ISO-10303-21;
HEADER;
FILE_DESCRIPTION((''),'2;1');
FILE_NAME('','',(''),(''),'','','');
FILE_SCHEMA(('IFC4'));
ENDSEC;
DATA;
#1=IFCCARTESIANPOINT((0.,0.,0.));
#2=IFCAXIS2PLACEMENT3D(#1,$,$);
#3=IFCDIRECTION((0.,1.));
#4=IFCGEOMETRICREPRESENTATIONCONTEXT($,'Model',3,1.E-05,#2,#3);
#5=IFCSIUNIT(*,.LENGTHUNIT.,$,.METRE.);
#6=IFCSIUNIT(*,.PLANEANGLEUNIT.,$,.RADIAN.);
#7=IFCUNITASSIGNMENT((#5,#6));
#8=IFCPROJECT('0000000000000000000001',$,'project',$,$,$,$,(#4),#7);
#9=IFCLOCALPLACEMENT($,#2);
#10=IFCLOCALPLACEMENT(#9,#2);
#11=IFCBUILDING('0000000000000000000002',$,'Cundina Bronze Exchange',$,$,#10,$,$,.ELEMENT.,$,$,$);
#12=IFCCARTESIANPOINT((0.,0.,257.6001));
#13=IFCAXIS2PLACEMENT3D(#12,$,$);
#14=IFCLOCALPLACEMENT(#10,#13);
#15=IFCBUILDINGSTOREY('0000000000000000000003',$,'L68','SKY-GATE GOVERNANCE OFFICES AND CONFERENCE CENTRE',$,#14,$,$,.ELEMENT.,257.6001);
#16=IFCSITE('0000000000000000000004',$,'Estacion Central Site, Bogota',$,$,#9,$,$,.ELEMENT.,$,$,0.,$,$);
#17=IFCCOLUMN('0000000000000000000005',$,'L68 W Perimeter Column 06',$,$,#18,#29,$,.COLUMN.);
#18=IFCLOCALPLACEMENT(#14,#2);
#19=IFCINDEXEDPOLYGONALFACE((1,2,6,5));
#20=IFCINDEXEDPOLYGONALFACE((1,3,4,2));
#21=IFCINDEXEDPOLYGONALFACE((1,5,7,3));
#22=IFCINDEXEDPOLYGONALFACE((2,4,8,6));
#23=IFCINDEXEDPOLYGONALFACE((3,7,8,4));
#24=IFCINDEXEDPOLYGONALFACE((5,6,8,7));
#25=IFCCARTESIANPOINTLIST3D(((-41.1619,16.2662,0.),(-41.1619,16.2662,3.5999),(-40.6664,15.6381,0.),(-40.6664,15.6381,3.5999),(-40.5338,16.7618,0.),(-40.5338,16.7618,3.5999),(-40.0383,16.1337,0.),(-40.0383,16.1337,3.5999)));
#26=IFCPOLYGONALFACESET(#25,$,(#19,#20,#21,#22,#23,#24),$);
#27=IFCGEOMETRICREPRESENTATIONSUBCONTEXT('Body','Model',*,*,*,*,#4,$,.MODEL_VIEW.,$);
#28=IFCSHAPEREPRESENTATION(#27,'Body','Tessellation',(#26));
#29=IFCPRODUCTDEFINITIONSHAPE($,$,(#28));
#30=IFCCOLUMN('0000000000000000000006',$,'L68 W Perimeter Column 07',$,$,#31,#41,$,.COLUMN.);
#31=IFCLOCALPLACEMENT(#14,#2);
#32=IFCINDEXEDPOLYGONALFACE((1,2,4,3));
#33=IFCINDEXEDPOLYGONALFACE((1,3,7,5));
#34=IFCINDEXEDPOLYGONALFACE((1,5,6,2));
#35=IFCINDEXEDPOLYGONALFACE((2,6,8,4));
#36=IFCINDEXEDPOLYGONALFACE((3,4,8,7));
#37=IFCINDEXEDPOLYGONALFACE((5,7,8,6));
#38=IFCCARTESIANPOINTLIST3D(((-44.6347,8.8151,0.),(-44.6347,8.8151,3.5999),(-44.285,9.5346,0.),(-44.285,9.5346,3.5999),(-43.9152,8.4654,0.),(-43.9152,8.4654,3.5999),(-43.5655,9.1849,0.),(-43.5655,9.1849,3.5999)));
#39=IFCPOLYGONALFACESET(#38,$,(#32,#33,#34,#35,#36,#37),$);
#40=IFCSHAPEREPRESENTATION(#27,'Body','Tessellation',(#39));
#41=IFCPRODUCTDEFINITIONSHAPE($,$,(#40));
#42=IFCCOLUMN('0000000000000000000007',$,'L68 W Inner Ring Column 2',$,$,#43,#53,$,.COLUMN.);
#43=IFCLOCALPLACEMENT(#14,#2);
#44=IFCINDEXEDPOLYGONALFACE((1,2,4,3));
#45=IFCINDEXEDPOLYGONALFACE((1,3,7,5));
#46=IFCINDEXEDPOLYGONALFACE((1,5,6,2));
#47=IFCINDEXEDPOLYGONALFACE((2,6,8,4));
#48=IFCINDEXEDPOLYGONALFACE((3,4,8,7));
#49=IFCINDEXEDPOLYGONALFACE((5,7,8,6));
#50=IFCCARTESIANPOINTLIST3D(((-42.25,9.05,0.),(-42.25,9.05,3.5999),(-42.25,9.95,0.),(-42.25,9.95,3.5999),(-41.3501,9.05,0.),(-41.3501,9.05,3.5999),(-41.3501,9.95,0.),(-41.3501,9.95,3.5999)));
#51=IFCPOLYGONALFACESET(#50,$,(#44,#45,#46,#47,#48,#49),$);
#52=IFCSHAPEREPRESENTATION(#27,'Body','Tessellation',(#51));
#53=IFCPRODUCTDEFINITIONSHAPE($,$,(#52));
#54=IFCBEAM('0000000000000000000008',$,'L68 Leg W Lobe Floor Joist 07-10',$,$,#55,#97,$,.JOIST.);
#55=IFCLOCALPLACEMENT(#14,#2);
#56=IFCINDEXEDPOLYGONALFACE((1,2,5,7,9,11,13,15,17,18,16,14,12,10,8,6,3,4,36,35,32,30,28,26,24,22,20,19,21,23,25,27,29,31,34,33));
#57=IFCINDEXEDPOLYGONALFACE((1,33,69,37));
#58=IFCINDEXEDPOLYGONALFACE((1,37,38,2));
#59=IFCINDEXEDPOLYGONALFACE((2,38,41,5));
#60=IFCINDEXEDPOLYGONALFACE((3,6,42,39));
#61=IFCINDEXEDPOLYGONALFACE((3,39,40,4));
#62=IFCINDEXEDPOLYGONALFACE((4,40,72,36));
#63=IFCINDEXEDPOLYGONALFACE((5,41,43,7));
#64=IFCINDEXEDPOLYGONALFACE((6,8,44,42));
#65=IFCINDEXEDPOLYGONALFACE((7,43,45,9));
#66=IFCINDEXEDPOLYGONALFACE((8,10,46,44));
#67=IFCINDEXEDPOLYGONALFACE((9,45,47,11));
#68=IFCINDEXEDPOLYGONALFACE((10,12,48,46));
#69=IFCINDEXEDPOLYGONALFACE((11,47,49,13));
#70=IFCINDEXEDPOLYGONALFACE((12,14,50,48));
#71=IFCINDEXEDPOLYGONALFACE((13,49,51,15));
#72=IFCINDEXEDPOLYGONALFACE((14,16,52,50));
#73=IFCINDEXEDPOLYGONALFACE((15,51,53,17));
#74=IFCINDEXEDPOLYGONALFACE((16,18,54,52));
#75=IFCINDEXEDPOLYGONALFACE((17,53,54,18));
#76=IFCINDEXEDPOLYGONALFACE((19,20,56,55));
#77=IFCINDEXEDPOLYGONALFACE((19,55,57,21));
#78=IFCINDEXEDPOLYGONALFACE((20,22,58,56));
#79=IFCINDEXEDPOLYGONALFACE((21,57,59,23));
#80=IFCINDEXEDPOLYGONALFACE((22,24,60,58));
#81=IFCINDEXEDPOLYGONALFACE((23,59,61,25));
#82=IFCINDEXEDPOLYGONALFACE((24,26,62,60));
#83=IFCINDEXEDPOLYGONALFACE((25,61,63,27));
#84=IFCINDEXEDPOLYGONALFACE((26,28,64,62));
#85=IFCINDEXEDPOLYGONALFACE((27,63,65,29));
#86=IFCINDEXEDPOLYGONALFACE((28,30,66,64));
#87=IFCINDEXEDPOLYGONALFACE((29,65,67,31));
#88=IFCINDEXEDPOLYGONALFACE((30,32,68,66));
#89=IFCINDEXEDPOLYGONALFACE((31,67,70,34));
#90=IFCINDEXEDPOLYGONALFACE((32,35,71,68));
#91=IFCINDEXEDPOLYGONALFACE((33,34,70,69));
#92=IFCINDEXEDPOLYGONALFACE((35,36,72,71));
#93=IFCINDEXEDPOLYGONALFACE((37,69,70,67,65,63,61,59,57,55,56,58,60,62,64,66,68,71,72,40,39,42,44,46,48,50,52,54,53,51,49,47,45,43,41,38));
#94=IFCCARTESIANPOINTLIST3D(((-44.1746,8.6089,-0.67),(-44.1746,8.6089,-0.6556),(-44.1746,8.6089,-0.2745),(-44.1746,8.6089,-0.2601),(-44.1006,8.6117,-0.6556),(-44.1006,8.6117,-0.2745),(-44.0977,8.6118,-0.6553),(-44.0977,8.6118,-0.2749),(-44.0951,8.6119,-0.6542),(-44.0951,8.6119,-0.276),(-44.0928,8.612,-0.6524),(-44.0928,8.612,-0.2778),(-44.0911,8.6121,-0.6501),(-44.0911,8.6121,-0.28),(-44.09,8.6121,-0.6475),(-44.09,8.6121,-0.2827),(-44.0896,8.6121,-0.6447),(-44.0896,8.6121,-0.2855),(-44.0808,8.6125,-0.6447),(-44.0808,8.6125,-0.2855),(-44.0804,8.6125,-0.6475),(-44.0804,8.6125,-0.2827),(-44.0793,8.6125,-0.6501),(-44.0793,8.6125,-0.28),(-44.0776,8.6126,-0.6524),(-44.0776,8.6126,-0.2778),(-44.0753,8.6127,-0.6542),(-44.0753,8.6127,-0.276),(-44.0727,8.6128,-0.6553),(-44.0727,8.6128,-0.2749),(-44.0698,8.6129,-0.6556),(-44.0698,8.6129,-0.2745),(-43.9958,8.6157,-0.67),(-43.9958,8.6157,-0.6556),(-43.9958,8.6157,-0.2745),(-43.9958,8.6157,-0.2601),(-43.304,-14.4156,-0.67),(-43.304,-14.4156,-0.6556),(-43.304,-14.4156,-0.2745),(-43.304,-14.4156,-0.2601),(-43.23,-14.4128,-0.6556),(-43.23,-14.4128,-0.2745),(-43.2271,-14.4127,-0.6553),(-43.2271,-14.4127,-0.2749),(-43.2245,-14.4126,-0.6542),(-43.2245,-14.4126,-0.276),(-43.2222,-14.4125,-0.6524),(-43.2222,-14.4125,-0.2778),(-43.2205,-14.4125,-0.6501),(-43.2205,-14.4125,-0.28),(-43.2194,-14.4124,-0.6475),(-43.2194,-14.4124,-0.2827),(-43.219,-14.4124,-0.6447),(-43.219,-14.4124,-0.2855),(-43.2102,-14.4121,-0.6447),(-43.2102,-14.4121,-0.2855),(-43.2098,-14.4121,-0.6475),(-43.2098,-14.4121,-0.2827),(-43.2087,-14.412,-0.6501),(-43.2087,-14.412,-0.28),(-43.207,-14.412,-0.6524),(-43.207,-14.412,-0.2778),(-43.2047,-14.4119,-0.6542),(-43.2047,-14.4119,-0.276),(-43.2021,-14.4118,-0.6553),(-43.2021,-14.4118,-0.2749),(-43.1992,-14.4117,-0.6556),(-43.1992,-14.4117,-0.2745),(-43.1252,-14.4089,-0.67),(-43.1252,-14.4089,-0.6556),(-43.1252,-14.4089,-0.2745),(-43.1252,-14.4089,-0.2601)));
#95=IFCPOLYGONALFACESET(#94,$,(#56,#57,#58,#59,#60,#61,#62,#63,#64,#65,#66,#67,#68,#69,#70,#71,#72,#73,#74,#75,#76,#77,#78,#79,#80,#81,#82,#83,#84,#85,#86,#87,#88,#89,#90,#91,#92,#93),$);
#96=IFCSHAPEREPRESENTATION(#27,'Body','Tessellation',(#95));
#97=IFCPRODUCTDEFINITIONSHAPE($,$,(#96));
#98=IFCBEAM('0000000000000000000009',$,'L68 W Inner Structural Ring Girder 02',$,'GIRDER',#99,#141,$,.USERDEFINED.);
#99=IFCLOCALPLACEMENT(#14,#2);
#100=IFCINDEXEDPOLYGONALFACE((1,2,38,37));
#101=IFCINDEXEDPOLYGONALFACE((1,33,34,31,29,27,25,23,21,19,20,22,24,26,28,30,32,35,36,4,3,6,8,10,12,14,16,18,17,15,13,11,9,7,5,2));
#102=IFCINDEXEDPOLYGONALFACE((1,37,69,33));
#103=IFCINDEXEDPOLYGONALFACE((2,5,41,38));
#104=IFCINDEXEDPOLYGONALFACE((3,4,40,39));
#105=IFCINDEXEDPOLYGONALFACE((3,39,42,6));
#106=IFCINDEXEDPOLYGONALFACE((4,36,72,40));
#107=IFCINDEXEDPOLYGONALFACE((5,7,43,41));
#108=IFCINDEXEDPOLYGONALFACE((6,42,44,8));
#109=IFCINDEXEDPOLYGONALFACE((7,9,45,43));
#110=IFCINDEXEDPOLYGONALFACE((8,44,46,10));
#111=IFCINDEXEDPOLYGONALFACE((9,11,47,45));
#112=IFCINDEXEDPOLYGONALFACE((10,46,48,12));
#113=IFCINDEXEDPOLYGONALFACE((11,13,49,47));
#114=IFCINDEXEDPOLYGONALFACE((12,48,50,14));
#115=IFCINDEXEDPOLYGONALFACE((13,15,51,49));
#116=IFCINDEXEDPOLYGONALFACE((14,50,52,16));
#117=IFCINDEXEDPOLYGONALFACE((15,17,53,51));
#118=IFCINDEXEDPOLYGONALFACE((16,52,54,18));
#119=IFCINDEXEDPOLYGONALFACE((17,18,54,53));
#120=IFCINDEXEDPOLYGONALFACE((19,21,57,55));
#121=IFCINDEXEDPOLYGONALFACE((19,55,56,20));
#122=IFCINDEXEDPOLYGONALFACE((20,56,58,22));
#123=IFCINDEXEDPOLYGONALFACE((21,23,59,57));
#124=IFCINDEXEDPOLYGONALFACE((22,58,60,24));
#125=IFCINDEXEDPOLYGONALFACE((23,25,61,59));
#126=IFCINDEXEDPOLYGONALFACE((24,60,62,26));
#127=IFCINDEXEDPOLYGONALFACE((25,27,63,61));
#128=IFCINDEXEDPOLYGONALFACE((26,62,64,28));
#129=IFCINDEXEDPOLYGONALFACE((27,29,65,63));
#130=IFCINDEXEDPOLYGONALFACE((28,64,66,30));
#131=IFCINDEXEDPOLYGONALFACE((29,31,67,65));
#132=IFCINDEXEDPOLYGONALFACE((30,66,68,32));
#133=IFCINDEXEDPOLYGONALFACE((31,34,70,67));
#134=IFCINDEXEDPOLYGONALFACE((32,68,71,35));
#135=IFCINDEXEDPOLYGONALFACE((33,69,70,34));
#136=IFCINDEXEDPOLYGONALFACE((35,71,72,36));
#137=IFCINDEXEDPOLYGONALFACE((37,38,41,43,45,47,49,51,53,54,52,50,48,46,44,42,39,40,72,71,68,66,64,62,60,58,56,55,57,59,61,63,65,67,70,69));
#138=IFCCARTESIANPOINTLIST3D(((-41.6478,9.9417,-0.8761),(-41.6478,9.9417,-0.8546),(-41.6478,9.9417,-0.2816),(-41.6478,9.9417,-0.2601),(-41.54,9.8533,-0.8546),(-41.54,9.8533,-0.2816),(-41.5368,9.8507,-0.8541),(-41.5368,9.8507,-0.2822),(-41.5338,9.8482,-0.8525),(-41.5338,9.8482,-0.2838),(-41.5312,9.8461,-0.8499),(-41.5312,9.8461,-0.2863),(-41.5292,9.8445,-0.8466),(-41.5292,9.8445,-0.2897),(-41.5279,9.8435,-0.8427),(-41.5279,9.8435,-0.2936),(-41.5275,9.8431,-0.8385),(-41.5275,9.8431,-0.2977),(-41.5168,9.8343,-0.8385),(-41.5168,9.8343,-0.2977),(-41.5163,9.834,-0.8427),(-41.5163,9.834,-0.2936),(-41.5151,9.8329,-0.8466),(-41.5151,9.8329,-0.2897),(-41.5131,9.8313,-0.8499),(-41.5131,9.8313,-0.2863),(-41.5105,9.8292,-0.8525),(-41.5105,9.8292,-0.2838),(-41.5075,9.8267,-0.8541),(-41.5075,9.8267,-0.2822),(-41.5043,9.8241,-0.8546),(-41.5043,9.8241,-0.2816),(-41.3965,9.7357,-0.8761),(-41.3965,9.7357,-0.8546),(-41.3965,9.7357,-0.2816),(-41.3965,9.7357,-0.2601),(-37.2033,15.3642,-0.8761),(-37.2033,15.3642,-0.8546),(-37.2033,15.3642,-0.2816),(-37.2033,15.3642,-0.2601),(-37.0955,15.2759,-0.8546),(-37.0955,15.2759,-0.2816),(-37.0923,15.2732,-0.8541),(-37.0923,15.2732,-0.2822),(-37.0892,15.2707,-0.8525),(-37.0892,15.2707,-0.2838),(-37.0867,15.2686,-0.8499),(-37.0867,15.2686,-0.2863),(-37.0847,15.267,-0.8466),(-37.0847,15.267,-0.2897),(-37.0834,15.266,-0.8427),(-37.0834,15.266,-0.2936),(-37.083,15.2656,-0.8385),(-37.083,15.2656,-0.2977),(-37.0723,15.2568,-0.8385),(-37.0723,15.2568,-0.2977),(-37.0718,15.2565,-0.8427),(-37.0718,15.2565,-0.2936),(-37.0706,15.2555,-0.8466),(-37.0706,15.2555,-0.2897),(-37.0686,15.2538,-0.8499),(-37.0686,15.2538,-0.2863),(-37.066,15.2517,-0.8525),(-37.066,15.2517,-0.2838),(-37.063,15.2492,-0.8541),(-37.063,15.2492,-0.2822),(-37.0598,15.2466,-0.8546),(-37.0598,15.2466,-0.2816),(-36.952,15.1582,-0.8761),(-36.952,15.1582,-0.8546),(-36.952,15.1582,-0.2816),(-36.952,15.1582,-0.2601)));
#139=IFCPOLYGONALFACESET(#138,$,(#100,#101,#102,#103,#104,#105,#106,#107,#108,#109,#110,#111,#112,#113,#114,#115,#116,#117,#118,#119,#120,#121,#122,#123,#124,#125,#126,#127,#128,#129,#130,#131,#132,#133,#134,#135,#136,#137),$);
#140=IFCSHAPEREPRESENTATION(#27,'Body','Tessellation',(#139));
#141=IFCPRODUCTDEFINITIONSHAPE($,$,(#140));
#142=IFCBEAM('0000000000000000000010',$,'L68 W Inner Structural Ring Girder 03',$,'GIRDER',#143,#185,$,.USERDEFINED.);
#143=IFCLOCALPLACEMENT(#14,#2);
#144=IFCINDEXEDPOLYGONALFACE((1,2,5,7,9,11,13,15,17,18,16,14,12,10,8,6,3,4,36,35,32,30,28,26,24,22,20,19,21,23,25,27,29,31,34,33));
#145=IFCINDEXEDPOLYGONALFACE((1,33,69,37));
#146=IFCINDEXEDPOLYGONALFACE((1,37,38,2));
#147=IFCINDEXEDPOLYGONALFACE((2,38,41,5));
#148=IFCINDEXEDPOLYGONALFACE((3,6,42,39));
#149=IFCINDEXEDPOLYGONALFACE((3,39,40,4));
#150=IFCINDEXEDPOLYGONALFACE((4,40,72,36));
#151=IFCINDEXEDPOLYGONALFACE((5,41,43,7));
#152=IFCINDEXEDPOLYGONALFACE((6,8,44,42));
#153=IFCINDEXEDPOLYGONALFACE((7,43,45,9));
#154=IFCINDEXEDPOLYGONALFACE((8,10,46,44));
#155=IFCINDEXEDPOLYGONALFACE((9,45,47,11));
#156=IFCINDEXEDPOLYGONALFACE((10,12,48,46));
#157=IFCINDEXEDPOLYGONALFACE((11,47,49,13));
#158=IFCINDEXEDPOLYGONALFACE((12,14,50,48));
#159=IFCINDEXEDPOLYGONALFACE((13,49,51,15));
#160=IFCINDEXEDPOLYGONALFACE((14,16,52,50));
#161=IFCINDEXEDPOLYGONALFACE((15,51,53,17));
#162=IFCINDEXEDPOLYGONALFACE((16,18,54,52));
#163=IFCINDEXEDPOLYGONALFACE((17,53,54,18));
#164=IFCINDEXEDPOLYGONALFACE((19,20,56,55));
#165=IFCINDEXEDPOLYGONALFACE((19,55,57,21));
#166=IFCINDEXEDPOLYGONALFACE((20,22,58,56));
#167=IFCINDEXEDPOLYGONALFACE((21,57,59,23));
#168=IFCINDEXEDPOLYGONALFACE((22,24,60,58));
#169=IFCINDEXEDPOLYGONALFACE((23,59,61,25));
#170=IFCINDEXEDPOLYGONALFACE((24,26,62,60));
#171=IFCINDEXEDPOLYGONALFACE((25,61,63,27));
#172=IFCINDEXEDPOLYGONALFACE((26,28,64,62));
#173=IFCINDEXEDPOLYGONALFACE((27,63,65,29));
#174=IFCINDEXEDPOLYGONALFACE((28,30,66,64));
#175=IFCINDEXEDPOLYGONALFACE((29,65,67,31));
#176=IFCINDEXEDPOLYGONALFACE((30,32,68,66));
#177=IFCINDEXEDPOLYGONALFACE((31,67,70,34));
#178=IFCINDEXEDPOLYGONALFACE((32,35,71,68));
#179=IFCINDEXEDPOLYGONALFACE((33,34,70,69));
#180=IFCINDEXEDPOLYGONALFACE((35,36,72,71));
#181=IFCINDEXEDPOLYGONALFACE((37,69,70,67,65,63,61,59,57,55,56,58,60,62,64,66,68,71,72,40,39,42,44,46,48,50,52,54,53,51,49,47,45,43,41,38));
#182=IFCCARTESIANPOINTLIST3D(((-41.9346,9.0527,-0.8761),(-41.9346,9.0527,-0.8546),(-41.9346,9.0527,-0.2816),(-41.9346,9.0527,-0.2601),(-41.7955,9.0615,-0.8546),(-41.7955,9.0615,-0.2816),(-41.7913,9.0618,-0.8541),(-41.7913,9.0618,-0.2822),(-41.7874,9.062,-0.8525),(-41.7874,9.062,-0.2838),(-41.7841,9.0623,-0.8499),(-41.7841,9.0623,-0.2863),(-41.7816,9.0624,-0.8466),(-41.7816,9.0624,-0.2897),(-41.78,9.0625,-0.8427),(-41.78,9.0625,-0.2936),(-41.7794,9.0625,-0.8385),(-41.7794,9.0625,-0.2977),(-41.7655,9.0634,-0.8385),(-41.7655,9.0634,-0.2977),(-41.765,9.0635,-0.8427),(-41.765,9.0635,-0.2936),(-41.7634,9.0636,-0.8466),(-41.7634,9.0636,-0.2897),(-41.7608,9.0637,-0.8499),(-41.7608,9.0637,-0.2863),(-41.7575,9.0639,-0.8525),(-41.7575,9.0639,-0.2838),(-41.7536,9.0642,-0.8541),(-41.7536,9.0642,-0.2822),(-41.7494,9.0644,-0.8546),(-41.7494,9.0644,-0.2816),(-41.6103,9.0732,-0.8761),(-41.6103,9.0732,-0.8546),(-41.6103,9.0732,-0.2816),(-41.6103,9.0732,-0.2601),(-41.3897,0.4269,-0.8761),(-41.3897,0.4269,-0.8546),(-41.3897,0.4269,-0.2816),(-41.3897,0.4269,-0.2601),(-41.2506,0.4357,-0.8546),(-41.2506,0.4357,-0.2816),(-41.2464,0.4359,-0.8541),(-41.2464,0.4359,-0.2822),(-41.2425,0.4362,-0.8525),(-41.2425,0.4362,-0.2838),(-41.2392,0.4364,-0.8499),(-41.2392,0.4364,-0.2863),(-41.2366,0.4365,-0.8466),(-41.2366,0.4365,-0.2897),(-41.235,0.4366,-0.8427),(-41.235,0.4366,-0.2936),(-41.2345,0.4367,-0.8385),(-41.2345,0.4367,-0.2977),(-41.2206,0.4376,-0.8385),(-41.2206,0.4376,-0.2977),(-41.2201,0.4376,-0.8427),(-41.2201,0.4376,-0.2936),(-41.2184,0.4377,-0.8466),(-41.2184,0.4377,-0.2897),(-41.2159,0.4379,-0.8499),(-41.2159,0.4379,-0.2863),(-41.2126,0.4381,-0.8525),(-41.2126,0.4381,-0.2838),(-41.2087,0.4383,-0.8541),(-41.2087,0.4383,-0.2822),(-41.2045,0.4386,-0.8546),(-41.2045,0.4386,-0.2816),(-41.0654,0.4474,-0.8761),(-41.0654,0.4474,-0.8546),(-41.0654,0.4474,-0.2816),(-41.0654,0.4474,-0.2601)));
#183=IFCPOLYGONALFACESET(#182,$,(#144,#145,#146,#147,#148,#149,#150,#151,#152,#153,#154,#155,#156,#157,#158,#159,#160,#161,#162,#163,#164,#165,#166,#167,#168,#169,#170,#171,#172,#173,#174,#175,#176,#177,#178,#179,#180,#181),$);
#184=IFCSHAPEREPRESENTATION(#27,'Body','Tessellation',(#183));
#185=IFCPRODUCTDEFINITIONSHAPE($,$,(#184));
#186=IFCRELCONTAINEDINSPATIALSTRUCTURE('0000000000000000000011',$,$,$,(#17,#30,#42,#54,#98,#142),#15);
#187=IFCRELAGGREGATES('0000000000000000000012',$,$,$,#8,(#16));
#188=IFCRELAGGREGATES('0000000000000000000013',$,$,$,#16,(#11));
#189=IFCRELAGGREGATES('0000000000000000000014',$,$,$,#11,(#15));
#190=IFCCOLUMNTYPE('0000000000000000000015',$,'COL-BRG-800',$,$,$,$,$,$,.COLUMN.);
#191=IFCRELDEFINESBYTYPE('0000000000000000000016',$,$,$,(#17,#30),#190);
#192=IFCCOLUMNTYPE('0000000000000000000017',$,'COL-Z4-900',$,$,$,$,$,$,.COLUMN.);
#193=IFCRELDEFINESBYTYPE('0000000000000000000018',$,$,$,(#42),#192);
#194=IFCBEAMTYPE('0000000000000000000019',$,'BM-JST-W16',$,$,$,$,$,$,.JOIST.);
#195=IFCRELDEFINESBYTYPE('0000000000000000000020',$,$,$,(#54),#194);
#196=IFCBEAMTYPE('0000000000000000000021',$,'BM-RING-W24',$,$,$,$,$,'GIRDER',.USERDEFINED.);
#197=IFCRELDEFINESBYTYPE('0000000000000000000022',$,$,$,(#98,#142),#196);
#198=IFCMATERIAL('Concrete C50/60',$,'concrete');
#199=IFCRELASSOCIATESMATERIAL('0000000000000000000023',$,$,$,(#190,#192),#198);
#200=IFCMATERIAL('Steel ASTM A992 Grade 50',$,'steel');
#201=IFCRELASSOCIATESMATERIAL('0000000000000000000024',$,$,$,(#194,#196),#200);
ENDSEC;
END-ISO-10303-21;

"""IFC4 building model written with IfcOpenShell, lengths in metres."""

from ifc_helpers import new_model, si_unit, direction, frame, origin, origin_2d, place, context, subcontext, project, spatial, rectangle, i_section, extrude, material, material_profile, profile_set, type_object, element, save


model = new_model("IFC4")

# Units and contexts
model_context = context("Model", 3, precision=1e-05, world=origin(), true_north=direction((0.0, 1.0)))
body_context = subcontext(model_context, "Body", "Model", "MODEL_VIEW")
ifc_project = project(units=[si_unit("LENGTHUNIT", "METRE"), si_unit("PLANEANGLEUNIT", "RADIAN")], contexts=[model_context])

# Site, building, storey
site_placement = place(None, origin())
site = spatial("IfcSite", under=ifc_project, at=site_placement, Name="Estacion Central Site, Bogota", CompositionType="ELEMENT", RefElevation=0.0)
building_placement = place(site_placement, origin())
building = spatial("IfcBuilding", under=site, at=building_placement, Name="Cundina Bronze Exchange", CompositionType="ELEMENT")
storey_placement = place(building_placement, frame((0.0, 0.0, 257.6001)))
storey = spatial("IfcBuildingStorey", under=building, at=storey_placement, Name="L68", Description="SKY-GATE GOVERNANCE OFFICES AND CONFERENCE CENTRE", CompositionType="ELEMENT", Elevation=257.6001)

# Columns
ifc_material_1 = material(Name="Concrete C50/60", Category="concrete")
ifc_material_profile_1 = material_profile(ifc_material_1, rectangle(XDim=0.8, YDim=0.8, at=origin_2d()), Name="RC800X800", Category="concrete")
ifc_profile_set_1 = profile_set([ifc_material_profile_1], Name="Concrete C50/60")
column_type_1 = type_object("IfcColumnType", Name="COL-BRG-800", PredefinedType="COLUMN", material=ifc_profile_set_1)
for number, where, z_axis, x_axis, name in (
    (1, (-40.6001, 16.2, 0.0), (0.0, 0.0, 1.0), (-0.785101, -0.619368, 0.0), "L68 W Perimeter Column 06"),
    (2, (-44.1001, 9.0, 0.0), (0.0, 0.0, 1.0), (-0.437116, -0.899405, 0.0), "L68 W Perimeter Column 07"),
):
    element("IfcColumn", number, at=place(storey_placement, frame(where, z_axis=z_axis, x_axis=x_axis)), inside=storey, type_object=column_type_1, Name=name, PredefinedType="COLUMN", context=body_context, shape_type="SweptSolid", body=[
        extrude(rectangle(XDim=0.8, YDim=0.8, at=origin_2d()), origin(), (0.0, 0.0, 1.0), 3.5999),
    ])
ifc_material_profile_2 = material_profile(ifc_material_1, rectangle(XDim=0.8999, YDim=0.8999, at=origin_2d()), Name="RC900X900", Category="concrete")
ifc_profile_set_2 = profile_set([ifc_material_profile_2], Name="Concrete C50/60")
column_type_2 = type_object("IfcColumnType", Name="COL-Z4-900", PredefinedType="COLUMN", material=ifc_profile_set_2)
column_placement = place(storey_placement, frame((-41.8, 9.5, 0.0), z_axis=(0.0, 0.0, 1.0), x_axis=(1.0, 0.0, 0.0)))
element("IfcColumn", 3, at=column_placement, inside=storey, type_object=column_type_2, Name="L68 W Inner Ring Column 2", PredefinedType="COLUMN", context=body_context, shape_type="SweptSolid", body=[
    extrude(rectangle(XDim=0.8999, YDim=0.8999, at=origin_2d()), origin(), (0.0, 0.0, 1.0), 3.5999),
])

# Beams
ifc_material_2 = material(Name="Steel ASTM A992 Grade 50", Category="steel")
ifc_material_profile_3 = material_profile(ifc_material_2, i_section(OverallWidth=0.179, OverallDepth=0.4099, WebThickness=0.0088, FlangeThickness=0.0144, FilletRadius=0.011, at=origin_2d()), Name="W16X45", Category="steel")
ifc_profile_set_3 = profile_set([ifc_material_profile_3], Name="Steel ASTM A992 Grade 50")
beam_type_1 = type_object("IfcBeamType", Name="BM-JST-W16", PredefinedType="JOIST", material=ifc_profile_set_3)
beam_1_placement = place(storey_placement, frame((-44.0852, 8.6123, -0.4651), z_axis=(0.037785, -0.999286, 0.0), x_axis=(0.999286, 0.037785, 0.0)))
element("IfcBeam", 4, at=beam_1_placement, inside=storey, type_object=beam_type_1, Name="L68 Leg W Lobe Floor Joist 07-10", PredefinedType="JOIST", context=body_context, shape_type="SweptSolid", body=[
    extrude(i_section(OverallWidth=0.179, OverallDepth=0.4099, WebThickness=0.0088, FlangeThickness=0.0144, FilletRadius=0.011, at=origin_2d()), origin(), (0.0, 0.0, 1.0), 23.041),
])
ifc_material_profile_4 = material_profile(ifc_material_2, i_section(OverallWidth=0.325, OverallDepth=0.616, WebThickness=0.0139, FlangeThickness=0.0215, FilletRadius=0.0161, at=origin_2d()), Name="W24X117", Category="steel")
ifc_profile_set_4 = profile_set([ifc_material_profile_4], Name="Steel ASTM A992 Grade 50")
beam_type_2 = type_object("IfcBeamType", Name="BM-RING-W24", ElementType="GIRDER", PredefinedType="USERDEFINED", material=ifc_profile_set_4)
beam_2_placement = place(storey_placement, frame((-37.0776, 15.2612, -0.5681), z_axis=(-0.633913, -0.773405, 0.0), x_axis=(0.773405, -0.633913, 0.0)))
element("IfcBeam", 5, at=beam_2_placement, inside=storey, type_object=beam_type_2, Name="L68 W Inner Structural Ring Girder 02", ObjectType="GIRDER", PredefinedType="USERDEFINED", context=body_context, shape_type="SweptSolid", body=[
    extrude(i_section(OverallWidth=0.325, OverallDepth=0.616, WebThickness=0.0139, FlangeThickness=0.0215, FilletRadius=0.0161, at=origin_2d()), origin(), (0.0, 0.0, 1.0), 7.0112),
])
beam_3_placement = place(storey_placement, frame((-41.7725, 9.063, -0.5681), z_axis=(0.063047, -0.998011, 0.0), x_axis=(0.998011, 0.063047, 0.0)))
element("IfcBeam", 6, at=beam_3_placement, inside=storey, type_object=beam_type_2, Name="L68 W Inner Structural Ring Girder 03", ObjectType="GIRDER", PredefinedType="USERDEFINED", context=body_context, shape_type="SweptSolid", body=[
    extrude(i_section(OverallWidth=0.325, OverallDepth=0.616, WebThickness=0.0139, FlangeThickness=0.0215, FilletRadius=0.0161, at=origin_2d()), origin(), (0.0, 0.0, 1.0), 8.6431),
])

save(model, "model.ifc")
